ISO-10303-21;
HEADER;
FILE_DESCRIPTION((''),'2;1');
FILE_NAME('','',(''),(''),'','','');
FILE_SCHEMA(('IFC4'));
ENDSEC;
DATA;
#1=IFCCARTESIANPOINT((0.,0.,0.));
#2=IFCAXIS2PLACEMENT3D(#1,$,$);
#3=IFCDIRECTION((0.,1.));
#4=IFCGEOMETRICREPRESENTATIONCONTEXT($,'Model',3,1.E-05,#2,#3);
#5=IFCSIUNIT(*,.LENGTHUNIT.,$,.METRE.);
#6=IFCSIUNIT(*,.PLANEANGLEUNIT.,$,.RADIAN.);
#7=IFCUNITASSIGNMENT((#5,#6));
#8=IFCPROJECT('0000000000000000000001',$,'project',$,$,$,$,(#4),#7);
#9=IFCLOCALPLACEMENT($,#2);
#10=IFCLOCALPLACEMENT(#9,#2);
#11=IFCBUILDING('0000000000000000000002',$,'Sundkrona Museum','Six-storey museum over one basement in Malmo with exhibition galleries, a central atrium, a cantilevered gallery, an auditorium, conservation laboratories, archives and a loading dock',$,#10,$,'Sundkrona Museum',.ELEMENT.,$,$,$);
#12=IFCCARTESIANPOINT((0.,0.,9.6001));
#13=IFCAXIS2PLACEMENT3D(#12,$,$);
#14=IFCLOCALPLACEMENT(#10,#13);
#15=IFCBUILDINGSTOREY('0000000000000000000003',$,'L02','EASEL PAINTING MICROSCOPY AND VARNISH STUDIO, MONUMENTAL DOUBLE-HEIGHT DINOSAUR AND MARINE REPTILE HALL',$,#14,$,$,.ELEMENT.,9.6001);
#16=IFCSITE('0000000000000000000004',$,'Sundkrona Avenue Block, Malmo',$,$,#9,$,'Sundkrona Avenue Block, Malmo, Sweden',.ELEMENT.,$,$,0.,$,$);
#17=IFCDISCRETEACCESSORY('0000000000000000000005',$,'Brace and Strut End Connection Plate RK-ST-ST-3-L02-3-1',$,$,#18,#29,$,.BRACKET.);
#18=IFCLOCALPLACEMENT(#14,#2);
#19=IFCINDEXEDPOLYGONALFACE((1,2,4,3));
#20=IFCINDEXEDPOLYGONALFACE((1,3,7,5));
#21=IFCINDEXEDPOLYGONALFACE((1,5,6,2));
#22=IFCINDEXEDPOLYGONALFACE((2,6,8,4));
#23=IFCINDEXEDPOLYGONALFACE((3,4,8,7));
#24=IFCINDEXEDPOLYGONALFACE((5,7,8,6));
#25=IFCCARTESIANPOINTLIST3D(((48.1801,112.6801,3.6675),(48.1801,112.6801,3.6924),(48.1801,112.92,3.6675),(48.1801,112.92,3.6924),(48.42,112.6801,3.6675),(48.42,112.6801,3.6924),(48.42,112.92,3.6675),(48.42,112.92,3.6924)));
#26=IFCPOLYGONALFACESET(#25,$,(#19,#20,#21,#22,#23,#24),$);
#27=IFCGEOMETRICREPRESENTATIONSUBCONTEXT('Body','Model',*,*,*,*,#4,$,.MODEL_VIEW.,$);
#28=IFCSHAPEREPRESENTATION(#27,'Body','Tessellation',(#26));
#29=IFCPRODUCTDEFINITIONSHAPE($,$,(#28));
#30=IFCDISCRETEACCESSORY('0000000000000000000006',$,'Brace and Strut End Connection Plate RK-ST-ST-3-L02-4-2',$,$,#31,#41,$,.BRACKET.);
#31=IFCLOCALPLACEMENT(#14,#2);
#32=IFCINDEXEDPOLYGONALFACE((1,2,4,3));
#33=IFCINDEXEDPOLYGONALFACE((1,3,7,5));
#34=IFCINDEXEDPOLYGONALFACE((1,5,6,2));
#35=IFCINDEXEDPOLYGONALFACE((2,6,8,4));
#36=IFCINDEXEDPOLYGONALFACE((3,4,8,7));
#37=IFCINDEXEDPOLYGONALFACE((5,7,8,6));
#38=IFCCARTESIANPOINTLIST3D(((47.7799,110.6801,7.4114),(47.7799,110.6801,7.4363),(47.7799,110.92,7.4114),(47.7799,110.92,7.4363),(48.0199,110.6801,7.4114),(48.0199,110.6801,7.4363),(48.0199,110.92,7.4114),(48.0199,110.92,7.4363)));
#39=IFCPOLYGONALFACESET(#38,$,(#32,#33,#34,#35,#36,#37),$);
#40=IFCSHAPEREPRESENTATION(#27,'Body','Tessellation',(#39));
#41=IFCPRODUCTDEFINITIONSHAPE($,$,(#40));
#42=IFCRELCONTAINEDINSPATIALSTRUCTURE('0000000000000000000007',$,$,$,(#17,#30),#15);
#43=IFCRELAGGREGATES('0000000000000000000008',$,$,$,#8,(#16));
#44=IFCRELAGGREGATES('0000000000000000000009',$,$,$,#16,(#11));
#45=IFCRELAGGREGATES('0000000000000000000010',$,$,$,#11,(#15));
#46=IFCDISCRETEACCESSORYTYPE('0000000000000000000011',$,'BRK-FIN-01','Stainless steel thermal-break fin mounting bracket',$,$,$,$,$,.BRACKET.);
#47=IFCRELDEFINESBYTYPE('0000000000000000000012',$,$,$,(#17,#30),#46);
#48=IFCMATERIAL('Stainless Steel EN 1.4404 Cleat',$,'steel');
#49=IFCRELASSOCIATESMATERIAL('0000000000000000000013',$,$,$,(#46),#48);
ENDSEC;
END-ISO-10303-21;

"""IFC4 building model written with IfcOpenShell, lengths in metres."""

from ifc_helpers import new_model, si_unit, direction, frame, origin, origin_2d, place, context, subcontext, project, spatial, rectangle, extrude, material, type_object, element, save


model = new_model("IFC4")

# Units and contexts
model_context = context("Model", 3, precision=1e-05, world=origin(), true_north=direction((0.0, 1.0)))
body_context = subcontext(model_context, "Body", "Model", "MODEL_VIEW")
ifc_project = project(units=[si_unit("LENGTHUNIT", "METRE"), si_unit("PLANEANGLEUNIT", "RADIAN")], contexts=[model_context])

# Site, building, storey
site_placement = place(None, origin())
site = spatial("IfcSite", under=ifc_project, at=site_placement, Name="Sundkrona Avenue Block, Malmo", LongName="Sundkrona Avenue Block, Malmo, Sweden", CompositionType="ELEMENT", RefElevation=0.0)
building_placement = place(site_placement, origin())
building = spatial("IfcBuilding", under=site, at=building_placement, Name="Sundkrona Museum", Description="Six-storey museum over one basement in Malmo with exhibition galleries, a central atrium, a cantilevered gallery, an auditorium, conservation laboratories, archives and a loading dock", LongName="Sundkrona Museum", CompositionType="ELEMENT")
storey_placement = place(building_placement, frame((0.0, 0.0, 9.6001)))
storey = spatial("IfcBuildingStorey", under=building, at=storey_placement, Name="L02", Description="EASEL PAINTING MICROSCOPY AND VARNISH STUDIO, MONUMENTAL DOUBLE-HEIGHT DINOSAUR AND MARINE REPTILE HALL", CompositionType="ELEMENT", Elevation=9.6001)

# Discrete accessories
ifc_material_1 = material(Name="Stainless Steel EN 1.4404 Cleat", Category="steel")
discrete_accessory_type = type_object("IfcDiscreteAccessoryType", Name="BRK-FIN-01", Description="Stainless steel thermal-break fin mounting bracket", PredefinedType="BRACKET", material=ifc_material_1)
for number, where, z_axis, x_axis, name in (
    (1, (48.3, 112.8, 3.6675), (0.0, 0.0, 1.0), (1.0, 0.0, 0.0), "Brace and Strut End Connection Plate RK-ST-ST-3-L02-3-1"),
    (2, (47.8999, 110.8, 7.4114), (0.0, 0.0, 1.0), (1.0, 0.0, 0.0), "Brace and Strut End Connection Plate RK-ST-ST-3-L02-4-2"),
):
    element("IfcDiscreteAccessory", number, at=place(storey_placement, frame(where, z_axis=z_axis, x_axis=x_axis)), inside=storey, type_object=discrete_accessory_type, Name=name, PredefinedType="BRACKET", context=body_context, shape_type="SweptSolid", body=[
        extrude(rectangle(XDim=0.24, YDim=0.24, at=origin_2d()), origin(), (0.0, 0.0, 1.0), 0.0249),
    ])

save(model, "model.ifc")
